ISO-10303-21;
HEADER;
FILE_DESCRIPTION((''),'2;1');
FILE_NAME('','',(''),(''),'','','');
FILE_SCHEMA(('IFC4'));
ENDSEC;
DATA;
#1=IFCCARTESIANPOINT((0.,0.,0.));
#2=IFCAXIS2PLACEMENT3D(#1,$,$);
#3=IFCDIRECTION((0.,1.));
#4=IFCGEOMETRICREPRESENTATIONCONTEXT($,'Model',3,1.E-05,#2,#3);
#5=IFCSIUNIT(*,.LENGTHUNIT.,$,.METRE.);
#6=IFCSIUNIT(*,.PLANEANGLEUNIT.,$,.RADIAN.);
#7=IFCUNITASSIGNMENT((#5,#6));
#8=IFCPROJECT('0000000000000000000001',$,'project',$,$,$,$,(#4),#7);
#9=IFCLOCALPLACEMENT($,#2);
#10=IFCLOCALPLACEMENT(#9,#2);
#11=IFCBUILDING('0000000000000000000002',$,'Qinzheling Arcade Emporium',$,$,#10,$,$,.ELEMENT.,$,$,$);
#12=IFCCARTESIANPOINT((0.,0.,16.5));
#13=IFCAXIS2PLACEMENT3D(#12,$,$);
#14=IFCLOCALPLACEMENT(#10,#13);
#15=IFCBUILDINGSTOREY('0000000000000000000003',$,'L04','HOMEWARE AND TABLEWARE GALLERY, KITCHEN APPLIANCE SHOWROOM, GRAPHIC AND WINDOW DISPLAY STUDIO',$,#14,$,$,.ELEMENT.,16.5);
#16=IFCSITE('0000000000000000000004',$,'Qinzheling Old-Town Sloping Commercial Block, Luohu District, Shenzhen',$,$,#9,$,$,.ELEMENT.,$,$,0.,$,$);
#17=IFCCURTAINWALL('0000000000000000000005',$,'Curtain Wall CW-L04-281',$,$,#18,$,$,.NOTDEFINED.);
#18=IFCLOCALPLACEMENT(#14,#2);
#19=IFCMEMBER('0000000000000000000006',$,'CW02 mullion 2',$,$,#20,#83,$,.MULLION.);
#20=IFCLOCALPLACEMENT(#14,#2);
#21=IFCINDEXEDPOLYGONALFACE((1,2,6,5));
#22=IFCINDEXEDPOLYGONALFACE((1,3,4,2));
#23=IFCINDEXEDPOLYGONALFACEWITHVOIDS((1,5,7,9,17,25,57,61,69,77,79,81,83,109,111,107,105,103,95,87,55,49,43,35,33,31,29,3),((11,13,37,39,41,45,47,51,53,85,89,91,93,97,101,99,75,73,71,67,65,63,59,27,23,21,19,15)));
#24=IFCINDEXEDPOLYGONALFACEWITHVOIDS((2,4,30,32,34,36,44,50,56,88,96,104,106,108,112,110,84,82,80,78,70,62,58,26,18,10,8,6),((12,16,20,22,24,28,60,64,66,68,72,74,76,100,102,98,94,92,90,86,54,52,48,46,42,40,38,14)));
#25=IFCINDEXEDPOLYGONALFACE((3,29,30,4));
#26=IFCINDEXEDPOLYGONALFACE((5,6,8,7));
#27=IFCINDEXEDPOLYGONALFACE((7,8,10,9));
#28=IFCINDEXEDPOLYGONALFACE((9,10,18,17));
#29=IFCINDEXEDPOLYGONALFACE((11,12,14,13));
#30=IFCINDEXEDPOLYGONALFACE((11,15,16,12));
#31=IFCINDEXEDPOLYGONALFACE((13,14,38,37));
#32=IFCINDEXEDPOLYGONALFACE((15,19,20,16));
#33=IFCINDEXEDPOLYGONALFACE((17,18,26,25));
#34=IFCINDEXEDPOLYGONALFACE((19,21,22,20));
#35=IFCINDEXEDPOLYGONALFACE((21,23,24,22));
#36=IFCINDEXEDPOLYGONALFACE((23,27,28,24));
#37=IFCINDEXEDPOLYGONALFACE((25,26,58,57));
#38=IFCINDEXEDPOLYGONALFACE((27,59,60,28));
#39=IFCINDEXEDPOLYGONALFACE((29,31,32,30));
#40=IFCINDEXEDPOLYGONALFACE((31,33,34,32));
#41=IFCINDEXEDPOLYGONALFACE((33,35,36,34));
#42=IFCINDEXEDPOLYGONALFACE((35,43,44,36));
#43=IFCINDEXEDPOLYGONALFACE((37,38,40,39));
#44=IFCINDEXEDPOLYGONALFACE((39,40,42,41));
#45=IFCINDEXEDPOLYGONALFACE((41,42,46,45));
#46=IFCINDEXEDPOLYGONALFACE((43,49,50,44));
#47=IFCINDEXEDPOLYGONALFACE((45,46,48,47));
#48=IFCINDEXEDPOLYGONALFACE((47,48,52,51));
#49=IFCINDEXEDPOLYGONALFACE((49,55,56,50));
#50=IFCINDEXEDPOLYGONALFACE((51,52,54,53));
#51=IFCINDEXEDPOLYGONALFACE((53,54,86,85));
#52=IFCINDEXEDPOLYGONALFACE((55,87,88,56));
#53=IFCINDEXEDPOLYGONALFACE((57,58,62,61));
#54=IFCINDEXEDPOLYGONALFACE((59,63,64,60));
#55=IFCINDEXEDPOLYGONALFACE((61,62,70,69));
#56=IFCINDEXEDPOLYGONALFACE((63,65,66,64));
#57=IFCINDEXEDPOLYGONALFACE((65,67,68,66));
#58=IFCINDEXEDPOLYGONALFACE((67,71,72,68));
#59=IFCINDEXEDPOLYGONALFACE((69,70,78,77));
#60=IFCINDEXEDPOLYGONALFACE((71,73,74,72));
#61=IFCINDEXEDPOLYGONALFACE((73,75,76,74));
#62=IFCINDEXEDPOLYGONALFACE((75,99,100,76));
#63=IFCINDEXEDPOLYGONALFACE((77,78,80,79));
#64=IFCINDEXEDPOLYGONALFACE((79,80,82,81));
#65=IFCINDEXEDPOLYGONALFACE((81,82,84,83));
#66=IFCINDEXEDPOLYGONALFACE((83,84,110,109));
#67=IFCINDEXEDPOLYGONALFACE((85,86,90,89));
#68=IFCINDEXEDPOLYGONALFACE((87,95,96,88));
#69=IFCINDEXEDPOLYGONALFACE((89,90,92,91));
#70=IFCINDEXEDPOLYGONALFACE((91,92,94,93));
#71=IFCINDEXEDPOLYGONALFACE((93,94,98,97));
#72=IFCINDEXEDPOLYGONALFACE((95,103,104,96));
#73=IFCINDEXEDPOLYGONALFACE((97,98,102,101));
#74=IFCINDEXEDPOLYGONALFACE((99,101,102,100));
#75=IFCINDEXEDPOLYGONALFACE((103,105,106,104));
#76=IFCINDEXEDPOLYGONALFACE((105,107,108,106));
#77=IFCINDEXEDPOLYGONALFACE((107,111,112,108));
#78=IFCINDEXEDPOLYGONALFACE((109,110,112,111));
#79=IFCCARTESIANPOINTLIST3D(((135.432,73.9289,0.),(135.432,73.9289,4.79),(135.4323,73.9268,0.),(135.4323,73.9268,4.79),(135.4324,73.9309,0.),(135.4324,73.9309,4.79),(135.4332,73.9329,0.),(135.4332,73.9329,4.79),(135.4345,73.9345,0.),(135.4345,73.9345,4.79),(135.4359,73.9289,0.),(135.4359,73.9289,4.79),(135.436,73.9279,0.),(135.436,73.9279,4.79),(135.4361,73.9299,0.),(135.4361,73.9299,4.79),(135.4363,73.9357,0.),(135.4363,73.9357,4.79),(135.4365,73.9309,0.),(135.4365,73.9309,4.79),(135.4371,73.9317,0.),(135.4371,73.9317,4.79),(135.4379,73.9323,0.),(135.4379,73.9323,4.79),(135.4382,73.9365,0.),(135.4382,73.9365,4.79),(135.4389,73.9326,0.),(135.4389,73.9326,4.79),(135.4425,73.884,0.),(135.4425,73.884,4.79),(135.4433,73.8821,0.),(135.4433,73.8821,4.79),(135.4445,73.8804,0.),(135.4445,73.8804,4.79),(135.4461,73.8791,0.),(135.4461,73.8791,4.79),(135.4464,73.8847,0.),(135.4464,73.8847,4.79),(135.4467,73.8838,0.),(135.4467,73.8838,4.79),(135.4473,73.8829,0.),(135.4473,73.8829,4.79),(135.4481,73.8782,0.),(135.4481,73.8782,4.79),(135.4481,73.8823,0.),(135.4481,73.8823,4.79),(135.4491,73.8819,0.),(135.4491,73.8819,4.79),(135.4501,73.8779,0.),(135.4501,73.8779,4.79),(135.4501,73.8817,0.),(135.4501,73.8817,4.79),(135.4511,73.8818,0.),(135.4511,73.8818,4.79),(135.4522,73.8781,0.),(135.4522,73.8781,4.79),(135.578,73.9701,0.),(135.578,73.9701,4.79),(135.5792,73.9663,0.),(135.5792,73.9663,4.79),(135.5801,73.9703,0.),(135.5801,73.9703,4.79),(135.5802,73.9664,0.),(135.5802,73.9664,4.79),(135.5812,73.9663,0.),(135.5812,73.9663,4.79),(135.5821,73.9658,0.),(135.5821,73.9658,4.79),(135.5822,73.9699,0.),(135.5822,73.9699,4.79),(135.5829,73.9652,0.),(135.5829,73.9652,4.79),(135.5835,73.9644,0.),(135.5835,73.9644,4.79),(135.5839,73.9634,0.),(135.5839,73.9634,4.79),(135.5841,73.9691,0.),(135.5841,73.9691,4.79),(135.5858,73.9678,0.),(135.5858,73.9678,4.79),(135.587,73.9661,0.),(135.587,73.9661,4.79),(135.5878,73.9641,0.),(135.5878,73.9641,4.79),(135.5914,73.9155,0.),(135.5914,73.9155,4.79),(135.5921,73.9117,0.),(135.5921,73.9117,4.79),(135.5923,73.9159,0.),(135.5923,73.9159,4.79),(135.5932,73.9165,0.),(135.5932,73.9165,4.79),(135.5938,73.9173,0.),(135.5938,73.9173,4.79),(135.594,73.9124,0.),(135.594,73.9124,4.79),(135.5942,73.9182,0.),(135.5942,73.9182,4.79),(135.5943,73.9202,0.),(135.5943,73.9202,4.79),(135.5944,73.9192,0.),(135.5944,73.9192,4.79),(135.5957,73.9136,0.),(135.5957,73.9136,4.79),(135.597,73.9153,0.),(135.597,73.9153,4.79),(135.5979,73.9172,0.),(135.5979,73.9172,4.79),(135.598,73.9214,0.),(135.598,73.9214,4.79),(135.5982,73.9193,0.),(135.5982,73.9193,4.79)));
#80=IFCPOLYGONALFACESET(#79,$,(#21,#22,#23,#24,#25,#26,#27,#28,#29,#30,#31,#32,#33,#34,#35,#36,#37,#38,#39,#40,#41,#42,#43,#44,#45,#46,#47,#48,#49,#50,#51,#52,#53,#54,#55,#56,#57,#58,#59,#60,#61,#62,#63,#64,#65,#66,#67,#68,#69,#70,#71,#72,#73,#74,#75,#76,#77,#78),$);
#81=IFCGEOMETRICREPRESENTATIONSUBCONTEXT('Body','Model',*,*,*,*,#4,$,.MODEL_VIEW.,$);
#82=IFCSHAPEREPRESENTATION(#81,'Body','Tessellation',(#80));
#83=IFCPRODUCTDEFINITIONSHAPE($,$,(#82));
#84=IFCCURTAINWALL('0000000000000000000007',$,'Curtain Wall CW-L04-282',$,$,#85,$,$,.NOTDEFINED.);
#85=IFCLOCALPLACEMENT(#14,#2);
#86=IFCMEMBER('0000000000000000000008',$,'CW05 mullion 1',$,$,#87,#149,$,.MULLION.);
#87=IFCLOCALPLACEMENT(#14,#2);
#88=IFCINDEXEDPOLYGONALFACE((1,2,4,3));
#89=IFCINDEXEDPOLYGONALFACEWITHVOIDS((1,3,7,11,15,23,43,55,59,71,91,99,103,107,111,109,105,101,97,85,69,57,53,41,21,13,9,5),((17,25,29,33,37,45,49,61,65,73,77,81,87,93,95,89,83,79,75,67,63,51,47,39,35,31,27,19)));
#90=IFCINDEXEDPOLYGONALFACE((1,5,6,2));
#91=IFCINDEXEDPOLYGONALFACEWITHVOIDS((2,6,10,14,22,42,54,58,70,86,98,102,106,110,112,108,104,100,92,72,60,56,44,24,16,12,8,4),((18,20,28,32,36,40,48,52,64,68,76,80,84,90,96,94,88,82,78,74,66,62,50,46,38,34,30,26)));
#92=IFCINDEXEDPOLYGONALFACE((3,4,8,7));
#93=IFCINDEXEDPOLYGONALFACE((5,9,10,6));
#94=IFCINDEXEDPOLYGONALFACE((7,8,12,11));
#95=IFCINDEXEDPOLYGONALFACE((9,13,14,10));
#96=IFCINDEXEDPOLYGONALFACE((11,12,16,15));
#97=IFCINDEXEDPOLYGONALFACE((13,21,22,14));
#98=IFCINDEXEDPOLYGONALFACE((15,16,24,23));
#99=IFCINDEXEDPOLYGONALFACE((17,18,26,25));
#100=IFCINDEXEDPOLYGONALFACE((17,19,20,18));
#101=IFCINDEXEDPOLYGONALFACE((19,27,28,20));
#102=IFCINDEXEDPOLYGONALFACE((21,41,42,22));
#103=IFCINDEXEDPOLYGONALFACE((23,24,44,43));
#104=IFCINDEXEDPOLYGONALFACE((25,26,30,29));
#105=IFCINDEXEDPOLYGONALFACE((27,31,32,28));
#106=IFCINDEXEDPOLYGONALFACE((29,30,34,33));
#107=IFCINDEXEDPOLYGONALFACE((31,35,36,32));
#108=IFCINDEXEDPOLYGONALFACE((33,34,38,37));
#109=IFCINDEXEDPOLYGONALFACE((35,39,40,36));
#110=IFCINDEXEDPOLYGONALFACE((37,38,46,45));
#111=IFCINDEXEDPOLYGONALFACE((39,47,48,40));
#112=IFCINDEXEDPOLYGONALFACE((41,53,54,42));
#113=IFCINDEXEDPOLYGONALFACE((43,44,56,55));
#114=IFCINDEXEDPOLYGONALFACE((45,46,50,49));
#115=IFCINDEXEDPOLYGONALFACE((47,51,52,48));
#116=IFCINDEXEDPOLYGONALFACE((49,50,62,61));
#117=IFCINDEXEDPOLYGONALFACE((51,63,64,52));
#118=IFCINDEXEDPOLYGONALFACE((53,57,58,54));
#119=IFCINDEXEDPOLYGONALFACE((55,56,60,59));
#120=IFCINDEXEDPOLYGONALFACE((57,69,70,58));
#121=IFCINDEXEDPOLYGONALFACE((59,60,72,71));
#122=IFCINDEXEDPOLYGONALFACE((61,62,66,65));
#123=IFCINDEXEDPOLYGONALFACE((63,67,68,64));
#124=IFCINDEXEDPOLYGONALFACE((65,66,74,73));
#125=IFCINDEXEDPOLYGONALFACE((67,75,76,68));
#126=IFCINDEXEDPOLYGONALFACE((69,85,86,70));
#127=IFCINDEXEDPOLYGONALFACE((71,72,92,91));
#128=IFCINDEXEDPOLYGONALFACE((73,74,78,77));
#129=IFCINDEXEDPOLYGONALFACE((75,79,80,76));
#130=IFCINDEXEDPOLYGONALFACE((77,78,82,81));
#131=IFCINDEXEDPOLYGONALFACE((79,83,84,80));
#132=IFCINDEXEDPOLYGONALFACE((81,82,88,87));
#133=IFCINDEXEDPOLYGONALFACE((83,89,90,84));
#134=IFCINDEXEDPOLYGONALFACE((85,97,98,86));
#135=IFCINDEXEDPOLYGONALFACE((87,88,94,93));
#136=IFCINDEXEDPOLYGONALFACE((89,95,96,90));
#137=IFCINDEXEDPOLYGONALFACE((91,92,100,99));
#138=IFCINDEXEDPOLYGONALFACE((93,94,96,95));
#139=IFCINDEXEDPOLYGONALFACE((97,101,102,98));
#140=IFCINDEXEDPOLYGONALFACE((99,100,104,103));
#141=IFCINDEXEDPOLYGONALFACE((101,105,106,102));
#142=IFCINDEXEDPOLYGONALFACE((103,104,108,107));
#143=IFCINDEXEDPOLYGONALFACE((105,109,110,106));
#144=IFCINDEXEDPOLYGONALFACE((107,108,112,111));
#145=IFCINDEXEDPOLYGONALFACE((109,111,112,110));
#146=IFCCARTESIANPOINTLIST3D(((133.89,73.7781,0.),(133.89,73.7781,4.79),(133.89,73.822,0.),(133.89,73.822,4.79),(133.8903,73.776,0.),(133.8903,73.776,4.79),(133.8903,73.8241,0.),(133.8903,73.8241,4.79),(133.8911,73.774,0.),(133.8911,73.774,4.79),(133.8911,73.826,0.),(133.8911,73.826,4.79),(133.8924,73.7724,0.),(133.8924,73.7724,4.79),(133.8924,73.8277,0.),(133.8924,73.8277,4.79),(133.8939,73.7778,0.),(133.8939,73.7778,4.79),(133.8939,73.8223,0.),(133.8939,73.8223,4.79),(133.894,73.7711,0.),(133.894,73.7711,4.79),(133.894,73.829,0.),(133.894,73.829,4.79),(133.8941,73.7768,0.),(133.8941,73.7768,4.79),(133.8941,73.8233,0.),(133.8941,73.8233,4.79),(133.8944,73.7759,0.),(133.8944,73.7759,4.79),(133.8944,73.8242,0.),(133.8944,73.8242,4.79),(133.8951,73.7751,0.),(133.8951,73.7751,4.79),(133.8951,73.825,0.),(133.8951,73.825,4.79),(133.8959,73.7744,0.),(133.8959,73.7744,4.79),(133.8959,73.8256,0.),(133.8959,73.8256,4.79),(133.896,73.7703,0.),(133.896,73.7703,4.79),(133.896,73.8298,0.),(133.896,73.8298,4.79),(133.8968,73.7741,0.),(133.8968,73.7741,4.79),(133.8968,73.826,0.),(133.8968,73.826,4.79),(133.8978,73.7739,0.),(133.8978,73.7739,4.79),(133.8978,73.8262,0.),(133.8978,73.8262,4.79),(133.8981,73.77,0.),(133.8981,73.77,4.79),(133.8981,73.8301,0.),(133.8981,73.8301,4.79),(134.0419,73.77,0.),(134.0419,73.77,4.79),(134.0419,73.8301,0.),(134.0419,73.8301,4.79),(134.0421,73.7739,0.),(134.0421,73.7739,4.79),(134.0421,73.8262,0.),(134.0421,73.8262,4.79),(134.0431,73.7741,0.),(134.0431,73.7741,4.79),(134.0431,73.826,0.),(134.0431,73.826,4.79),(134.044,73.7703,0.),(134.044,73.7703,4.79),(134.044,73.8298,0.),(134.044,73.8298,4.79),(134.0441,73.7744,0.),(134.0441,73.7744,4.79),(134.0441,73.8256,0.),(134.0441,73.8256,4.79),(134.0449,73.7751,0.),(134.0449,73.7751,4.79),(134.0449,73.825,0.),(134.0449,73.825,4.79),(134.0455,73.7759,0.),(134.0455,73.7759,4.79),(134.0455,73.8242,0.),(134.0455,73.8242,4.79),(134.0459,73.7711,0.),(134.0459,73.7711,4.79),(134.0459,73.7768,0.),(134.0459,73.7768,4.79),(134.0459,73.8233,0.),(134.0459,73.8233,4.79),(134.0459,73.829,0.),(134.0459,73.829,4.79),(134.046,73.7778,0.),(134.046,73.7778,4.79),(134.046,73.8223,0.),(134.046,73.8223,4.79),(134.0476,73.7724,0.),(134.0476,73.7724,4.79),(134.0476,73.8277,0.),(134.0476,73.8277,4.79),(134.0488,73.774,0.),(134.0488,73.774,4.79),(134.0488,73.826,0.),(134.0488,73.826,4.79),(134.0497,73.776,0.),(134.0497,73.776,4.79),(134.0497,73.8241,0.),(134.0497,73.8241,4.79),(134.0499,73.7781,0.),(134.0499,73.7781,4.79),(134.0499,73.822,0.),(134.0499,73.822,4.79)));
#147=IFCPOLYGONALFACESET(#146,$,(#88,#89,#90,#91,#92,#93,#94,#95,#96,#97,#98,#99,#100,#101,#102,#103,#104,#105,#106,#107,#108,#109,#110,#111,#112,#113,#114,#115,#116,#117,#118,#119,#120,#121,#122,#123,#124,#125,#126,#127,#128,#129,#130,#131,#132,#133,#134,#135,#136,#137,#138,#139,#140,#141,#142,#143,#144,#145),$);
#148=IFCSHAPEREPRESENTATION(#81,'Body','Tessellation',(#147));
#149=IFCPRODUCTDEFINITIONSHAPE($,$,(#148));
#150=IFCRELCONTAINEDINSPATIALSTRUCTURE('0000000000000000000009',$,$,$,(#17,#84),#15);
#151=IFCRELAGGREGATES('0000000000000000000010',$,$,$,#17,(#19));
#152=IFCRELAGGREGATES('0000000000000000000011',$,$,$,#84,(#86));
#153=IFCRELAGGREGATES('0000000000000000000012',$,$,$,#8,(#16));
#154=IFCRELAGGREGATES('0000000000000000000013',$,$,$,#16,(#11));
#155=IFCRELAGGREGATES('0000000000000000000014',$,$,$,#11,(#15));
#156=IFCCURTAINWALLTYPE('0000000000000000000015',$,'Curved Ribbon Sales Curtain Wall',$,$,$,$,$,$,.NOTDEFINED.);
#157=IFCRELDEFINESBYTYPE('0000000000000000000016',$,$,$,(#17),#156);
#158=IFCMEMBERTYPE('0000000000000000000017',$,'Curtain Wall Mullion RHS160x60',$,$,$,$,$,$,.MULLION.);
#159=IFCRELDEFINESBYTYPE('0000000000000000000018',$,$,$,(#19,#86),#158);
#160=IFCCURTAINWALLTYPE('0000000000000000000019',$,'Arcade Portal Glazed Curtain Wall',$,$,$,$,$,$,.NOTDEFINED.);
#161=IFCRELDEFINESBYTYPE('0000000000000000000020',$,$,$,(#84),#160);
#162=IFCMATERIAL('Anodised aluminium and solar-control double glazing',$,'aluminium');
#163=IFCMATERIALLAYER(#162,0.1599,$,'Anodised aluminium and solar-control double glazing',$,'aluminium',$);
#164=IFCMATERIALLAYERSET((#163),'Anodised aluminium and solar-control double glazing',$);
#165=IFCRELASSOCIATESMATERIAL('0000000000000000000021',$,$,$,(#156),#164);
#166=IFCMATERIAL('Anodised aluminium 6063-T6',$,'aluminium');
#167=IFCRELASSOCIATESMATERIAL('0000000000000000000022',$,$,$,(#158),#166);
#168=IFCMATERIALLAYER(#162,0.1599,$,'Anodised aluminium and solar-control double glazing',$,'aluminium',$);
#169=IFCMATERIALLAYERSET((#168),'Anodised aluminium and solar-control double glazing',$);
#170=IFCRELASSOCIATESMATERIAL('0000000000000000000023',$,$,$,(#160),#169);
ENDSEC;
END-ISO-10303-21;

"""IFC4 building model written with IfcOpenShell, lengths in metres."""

from ifc_helpers import new_model, si_unit, direction, frame, origin, origin_2d, place, context, subcontext, project, spatial, hollow_rectangle, extrude, material, layer, layer_set, material_profile, profile_set, type_object, element, aggregate, save


model = new_model("IFC4")

# Units and contexts
model_context = context("Model", 3, precision=1e-05, world=origin(), true_north=direction((0.0, 1.0)))
body_context = subcontext(model_context, "Body", "Model", "MODEL_VIEW")
ifc_project = project(units=[si_unit("LENGTHUNIT", "METRE"), si_unit("PLANEANGLEUNIT", "RADIAN")], contexts=[model_context])

# Site, building, storey
site_placement = place(None, origin())
site = spatial("IfcSite", under=ifc_project, at=site_placement, Name="Qinzheling Old-Town Sloping Commercial Block, Luohu District, Shenzhen", CompositionType="ELEMENT", RefElevation=0.0)
building_placement = place(site_placement, origin())
building = spatial("IfcBuilding", under=site, at=building_placement, Name="Qinzheling Arcade Emporium", CompositionType="ELEMENT")
storey_placement = place(building_placement, frame((0.0, 0.0, 16.5)))
storey = spatial("IfcBuildingStorey", under=building, at=storey_placement, Name="L04", Description="HOMEWARE AND TABLEWARE GALLERY, KITCHEN APPLIANCE SHOWROOM, GRAPHIC AND WINDOW DISPLAY STUDIO", CompositionType="ELEMENT", Elevation=16.5)

# Shared definitions
ifc_material_1 = material(Name="Anodised aluminium and solar-control double glazing", Category="aluminium")
ifc_layer_1 = layer(ifc_material_1, 0.1599, Name="Anodised aluminium and solar-control double glazing", Category="aluminium")
ifc_layer_set_1 = layer_set([ifc_layer_1], Name="Anodised aluminium and solar-control double glazing")
curtain_wall_type_1 = type_object("IfcCurtainWallType", Name="Curved Ribbon Sales Curtain Wall", PredefinedType="NOTDEFINED", material=ifc_layer_set_1)
ifc_material_2 = material(Name="Anodised aluminium 6063-T6", Category="aluminium")
ifc_material_profile_1 = material_profile(ifc_material_2, hollow_rectangle(XDim=0.0601, YDim=0.1599, WallThickness=0.0039, InnerFilletRadius=0.0039, OuterFilletRadius=0.0081, at=origin_2d()), Name="RHS 160x60x4", Category="aluminium")
ifc_profile_set_1 = profile_set([ifc_material_profile_1], Name="Anodised aluminium 6063-T6")
member_type_1 = type_object("IfcMemberType", Name="Curtain Wall Mullion RHS160x60", PredefinedType="MULLION", material=ifc_profile_set_1)

# Curtain walls, members
curtain_wall_1_placement = place(storey_placement, origin())
curtain_wall_1 = element("IfcCurtainWall", 1, at=curtain_wall_1_placement, inside=storey, type_object=curtain_wall_type_1, Name="Curtain Wall CW-L04-281", PredefinedType="NOTDEFINED")
member_1_placement = place(storey_placement, frame((135.5151, 73.9241, 0.0), z_axis=(0.0, 0.0, 1.0), x_axis=(0.233373, -0.972387, 0.0)))
member_1 = element("IfcMember", 2, at=member_1_placement, type_object=member_type_1, Name="CW02 mullion 2", PredefinedType="MULLION", context=body_context, shape_type="SweptSolid", body=[
    extrude(hollow_rectangle(XDim=0.0601, YDim=0.1599, WallThickness=0.0039, InnerFilletRadius=0.0039, OuterFilletRadius=0.0081, at=origin_2d()), origin(), (0.0, 0.0, 1.0), 4.79),
])
ifc_layer_2 = layer(ifc_material_1, 0.1599, Name="Anodised aluminium and solar-control double glazing", Category="aluminium")
ifc_layer_set_2 = layer_set([ifc_layer_2], Name="Anodised aluminium and solar-control double glazing")
curtain_wall_type_2 = type_object("IfcCurtainWallType", Name="Arcade Portal Glazed Curtain Wall", PredefinedType="NOTDEFINED", material=ifc_layer_set_2)
curtain_wall_2_placement = place(storey_placement, origin())
curtain_wall_2 = element("IfcCurtainWall", 3, at=curtain_wall_2_placement, inside=storey, type_object=curtain_wall_type_2, Name="Curtain Wall CW-L04-282", PredefinedType="NOTDEFINED")
member_2_placement = place(storey_placement, frame((133.97, 73.8, 0.0), z_axis=(0.0, 0.0, 1.0), x_axis=(0.0, -1.0, 0.0)))
member_2 = element("IfcMember", 4, at=member_2_placement, type_object=member_type_1, Name="CW05 mullion 1", PredefinedType="MULLION", context=body_context, shape_type="SweptSolid", body=[
    extrude(hollow_rectangle(XDim=0.0601, YDim=0.1599, WallThickness=0.0039, InnerFilletRadius=0.0039, OuterFilletRadius=0.0081, at=origin_2d()), origin(), (0.0, 0.0, 1.0), 4.79),
])

aggregate(curtain_wall_1, [member_1])
aggregate(curtain_wall_2, [member_2])

save(model, "model.ifc")
